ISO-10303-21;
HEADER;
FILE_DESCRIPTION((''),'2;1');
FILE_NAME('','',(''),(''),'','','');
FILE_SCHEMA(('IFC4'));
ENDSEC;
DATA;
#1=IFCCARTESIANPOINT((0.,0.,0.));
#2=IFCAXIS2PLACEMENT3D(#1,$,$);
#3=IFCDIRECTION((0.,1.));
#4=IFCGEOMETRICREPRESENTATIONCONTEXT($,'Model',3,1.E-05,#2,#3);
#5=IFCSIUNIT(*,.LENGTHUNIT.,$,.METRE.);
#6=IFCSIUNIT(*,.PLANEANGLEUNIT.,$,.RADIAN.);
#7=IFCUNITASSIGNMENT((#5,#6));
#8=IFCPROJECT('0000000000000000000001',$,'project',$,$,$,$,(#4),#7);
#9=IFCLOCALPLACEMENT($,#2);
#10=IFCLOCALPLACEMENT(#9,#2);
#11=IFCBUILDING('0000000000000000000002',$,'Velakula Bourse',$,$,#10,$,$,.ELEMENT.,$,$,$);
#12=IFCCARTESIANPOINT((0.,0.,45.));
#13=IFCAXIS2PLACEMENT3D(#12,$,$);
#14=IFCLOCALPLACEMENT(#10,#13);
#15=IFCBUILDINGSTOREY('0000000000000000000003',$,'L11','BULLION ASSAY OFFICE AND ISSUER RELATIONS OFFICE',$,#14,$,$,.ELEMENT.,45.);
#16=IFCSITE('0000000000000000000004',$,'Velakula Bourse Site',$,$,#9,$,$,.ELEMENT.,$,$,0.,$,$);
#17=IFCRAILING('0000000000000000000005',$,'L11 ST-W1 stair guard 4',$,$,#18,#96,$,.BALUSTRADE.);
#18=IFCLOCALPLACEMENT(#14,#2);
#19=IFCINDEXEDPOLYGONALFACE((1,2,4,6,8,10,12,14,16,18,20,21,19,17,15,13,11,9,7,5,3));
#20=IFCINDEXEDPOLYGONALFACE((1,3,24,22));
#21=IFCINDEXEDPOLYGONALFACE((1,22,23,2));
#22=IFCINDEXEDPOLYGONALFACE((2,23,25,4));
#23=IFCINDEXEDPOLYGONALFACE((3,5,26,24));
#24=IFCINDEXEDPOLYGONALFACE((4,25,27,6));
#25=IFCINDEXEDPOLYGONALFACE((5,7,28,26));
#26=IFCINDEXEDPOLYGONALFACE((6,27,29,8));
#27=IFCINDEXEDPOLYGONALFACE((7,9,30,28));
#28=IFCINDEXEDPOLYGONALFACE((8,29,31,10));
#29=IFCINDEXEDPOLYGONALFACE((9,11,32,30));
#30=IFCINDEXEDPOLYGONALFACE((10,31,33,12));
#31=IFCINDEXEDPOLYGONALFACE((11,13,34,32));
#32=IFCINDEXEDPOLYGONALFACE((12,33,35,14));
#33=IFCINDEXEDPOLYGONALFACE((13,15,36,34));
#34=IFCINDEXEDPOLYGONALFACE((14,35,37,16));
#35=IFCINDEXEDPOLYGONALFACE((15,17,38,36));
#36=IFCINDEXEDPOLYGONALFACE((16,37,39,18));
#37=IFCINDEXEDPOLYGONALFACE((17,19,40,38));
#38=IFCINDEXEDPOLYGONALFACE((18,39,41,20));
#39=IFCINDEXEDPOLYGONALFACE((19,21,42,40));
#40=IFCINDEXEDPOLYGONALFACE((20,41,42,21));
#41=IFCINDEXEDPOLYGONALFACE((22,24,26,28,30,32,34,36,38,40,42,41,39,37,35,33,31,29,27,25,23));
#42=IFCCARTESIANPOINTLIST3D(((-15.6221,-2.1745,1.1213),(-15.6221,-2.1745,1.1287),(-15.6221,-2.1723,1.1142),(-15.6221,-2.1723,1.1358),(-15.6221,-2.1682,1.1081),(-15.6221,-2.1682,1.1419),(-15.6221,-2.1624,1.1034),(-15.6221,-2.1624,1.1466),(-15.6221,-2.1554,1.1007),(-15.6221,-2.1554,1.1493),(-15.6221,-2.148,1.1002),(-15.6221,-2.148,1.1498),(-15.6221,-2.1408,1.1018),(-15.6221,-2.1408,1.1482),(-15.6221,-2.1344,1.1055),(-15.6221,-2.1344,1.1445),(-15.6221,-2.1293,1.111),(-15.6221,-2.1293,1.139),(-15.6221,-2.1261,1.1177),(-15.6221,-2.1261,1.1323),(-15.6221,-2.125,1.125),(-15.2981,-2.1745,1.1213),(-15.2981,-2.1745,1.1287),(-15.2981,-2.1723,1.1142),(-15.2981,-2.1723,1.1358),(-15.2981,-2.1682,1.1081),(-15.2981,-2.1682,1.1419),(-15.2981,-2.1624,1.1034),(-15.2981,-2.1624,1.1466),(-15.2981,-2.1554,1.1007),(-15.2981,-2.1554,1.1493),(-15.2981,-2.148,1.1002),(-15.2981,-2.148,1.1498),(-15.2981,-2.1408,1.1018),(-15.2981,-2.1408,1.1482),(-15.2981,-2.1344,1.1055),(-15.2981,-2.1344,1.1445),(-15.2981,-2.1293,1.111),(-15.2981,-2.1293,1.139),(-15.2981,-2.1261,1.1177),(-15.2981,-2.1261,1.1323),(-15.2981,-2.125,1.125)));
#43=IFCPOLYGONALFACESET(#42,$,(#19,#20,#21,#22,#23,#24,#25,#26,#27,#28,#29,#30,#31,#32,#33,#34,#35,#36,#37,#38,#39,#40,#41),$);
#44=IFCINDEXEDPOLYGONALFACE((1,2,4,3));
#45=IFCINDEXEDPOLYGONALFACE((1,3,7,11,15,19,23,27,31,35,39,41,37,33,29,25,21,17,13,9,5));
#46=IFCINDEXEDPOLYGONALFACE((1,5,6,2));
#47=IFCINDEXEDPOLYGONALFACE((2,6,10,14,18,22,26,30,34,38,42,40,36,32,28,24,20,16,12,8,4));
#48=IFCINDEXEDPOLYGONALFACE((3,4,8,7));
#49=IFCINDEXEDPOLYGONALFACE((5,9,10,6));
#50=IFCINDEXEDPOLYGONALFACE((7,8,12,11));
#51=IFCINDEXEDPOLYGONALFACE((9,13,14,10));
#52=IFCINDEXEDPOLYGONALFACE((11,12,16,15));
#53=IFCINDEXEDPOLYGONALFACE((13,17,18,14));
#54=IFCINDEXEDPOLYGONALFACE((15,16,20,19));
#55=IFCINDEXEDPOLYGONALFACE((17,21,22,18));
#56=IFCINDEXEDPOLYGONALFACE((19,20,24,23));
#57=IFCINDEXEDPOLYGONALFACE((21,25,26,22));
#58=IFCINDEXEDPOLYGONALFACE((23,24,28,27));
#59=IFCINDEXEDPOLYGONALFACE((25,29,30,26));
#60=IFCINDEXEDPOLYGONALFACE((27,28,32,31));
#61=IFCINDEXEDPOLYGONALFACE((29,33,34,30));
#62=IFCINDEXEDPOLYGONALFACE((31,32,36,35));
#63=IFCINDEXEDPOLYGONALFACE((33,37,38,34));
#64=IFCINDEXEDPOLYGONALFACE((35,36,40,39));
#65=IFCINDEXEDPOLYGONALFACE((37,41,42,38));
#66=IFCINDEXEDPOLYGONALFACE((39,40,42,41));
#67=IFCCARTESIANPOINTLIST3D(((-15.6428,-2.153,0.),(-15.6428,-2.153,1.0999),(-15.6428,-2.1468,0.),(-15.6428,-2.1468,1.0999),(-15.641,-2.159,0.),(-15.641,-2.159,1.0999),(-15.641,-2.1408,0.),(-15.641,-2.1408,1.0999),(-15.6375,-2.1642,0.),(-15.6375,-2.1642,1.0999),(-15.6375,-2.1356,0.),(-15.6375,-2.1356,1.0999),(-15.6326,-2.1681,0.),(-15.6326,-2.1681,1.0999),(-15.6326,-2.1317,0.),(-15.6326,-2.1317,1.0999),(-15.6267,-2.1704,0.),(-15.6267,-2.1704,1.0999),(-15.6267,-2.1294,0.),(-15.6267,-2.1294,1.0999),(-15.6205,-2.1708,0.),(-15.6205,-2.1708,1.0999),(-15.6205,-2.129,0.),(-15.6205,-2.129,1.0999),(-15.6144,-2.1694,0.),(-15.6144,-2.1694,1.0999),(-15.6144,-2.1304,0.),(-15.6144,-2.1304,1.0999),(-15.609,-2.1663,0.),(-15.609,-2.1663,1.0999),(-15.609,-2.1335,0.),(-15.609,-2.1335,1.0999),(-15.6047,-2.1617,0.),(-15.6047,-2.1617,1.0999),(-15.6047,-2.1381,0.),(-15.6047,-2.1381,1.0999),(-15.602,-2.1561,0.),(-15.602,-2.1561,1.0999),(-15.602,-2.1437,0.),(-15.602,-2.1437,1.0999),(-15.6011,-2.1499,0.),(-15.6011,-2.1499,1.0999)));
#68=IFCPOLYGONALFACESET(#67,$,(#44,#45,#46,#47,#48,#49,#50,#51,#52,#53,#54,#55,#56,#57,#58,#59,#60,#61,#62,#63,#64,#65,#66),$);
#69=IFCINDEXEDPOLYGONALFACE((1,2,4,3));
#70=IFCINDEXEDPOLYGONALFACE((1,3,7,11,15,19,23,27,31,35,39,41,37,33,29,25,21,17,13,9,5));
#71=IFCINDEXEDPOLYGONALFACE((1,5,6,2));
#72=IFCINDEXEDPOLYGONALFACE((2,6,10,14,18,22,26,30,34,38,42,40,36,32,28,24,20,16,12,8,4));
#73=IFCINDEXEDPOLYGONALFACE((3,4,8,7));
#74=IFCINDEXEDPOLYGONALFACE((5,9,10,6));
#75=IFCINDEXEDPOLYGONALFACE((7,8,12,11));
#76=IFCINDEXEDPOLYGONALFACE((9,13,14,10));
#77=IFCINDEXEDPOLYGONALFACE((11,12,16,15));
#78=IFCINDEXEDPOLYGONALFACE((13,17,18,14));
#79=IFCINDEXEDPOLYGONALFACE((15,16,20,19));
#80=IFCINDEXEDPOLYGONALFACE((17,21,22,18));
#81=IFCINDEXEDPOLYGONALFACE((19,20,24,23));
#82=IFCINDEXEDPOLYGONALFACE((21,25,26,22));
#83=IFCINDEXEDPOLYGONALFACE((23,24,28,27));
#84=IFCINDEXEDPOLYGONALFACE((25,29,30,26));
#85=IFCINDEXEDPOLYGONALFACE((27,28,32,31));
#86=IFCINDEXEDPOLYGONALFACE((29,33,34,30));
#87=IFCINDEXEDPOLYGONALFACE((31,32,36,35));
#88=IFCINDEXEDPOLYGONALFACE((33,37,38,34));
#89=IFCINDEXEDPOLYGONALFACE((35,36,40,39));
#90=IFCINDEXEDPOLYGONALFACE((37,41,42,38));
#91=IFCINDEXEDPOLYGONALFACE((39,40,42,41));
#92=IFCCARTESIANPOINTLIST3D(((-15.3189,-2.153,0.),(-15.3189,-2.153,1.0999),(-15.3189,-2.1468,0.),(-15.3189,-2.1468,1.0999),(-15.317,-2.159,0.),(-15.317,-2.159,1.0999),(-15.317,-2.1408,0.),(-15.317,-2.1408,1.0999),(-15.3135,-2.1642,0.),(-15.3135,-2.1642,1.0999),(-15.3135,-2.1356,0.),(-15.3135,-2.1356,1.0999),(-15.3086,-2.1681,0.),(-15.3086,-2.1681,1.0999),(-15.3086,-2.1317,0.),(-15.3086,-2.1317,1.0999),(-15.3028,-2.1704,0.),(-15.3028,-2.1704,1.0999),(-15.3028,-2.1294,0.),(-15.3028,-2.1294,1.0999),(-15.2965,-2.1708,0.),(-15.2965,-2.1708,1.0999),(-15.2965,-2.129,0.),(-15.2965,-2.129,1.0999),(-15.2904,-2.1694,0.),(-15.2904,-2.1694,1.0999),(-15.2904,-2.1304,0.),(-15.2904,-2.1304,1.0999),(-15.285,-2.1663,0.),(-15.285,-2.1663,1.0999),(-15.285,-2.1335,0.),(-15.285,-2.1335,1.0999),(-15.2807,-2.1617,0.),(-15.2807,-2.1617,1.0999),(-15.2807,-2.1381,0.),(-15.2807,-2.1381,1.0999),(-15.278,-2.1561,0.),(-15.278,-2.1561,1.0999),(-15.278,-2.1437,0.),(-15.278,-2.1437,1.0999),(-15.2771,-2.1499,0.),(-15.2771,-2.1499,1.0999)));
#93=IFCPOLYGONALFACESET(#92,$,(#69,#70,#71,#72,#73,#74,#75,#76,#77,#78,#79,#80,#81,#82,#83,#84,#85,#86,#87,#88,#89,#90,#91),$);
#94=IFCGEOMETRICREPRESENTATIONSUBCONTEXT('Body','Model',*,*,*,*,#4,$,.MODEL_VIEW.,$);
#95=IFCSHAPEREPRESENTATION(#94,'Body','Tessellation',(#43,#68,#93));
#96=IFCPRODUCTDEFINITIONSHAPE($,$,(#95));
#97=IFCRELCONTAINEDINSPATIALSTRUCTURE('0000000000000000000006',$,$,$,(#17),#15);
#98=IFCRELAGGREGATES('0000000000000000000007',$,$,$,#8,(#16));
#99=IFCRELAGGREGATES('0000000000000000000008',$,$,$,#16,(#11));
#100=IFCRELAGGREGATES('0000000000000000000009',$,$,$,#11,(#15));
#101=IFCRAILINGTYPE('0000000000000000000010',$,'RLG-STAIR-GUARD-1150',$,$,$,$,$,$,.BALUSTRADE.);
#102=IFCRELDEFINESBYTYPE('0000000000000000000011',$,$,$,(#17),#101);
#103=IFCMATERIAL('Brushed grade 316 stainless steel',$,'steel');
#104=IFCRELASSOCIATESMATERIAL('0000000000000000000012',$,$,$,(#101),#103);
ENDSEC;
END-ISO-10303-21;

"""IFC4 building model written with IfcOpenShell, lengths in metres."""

from ifc_helpers import new_model, si_unit, direction, frame, origin, origin_2d, place, context, subcontext, project, spatial, circle, extrude, material, type_object, element, save


model = new_model("IFC4")

# Units and contexts
model_context = context("Model", 3, precision=1e-05, world=origin(), true_north=direction((0.0, 1.0)))
body_context = subcontext(model_context, "Body", "Model", "MODEL_VIEW")
ifc_project = project(units=[si_unit("LENGTHUNIT", "METRE"), si_unit("PLANEANGLEUNIT", "RADIAN")], contexts=[model_context])

# Site, building, storey
site_placement = place(None, origin())
site = spatial("IfcSite", under=ifc_project, at=site_placement, Name="Velakula Bourse Site", CompositionType="ELEMENT", RefElevation=0.0)
building_placement = place(site_placement, origin())
building = spatial("IfcBuilding", under=site, at=building_placement, Name="Velakula Bourse", CompositionType="ELEMENT")
storey_placement = place(building_placement, frame((0.0, 0.0, 45.0)))
storey = spatial("IfcBuildingStorey", under=building, at=storey_placement, Name="L11", Description="BULLION ASSAY OFFICE AND ISSUER RELATIONS OFFICE", CompositionType="ELEMENT", Elevation=45.0)

# Shared definitions
ifc_material_1 = material(Name="Brushed grade 316 stainless steel", Category="steel")

# Railing
railing_type_1 = type_object("IfcRailingType", Name="RLG-STAIR-GUARD-1150", PredefinedType="BALUSTRADE", material=ifc_material_1)
railing_1_placement = place(storey_placement, frame((-15.6221, -2.1499, 0.0)))
element("IfcRailing", 1, at=railing_1_placement, inside=storey, type_object=railing_type_1, Name="L11 ST-W1 stair guard 4", PredefinedType="BALUSTRADE", context=body_context, shape_type="SweptSolid", body=[
    extrude(circle(Radius=0.0249, at=origin_2d()), frame((0.0, 0.0, 1.125), z_axis=(1.0, 0.0, 0.0), x_axis=(0.0, 1.0, 0.0)), (0.0, 0.0, 1.0), 0.324),
    extrude(circle(Radius=0.021, at=origin_2d()), origin(), (0.0, 0.0, 1.0), 1.0999),
    extrude(circle(Radius=0.021, at=origin_2d()), frame((0.324, 0.0, 0.0)), (0.0, 0.0, 1.0), 1.0999),
])

save(model, "model.ifc")
